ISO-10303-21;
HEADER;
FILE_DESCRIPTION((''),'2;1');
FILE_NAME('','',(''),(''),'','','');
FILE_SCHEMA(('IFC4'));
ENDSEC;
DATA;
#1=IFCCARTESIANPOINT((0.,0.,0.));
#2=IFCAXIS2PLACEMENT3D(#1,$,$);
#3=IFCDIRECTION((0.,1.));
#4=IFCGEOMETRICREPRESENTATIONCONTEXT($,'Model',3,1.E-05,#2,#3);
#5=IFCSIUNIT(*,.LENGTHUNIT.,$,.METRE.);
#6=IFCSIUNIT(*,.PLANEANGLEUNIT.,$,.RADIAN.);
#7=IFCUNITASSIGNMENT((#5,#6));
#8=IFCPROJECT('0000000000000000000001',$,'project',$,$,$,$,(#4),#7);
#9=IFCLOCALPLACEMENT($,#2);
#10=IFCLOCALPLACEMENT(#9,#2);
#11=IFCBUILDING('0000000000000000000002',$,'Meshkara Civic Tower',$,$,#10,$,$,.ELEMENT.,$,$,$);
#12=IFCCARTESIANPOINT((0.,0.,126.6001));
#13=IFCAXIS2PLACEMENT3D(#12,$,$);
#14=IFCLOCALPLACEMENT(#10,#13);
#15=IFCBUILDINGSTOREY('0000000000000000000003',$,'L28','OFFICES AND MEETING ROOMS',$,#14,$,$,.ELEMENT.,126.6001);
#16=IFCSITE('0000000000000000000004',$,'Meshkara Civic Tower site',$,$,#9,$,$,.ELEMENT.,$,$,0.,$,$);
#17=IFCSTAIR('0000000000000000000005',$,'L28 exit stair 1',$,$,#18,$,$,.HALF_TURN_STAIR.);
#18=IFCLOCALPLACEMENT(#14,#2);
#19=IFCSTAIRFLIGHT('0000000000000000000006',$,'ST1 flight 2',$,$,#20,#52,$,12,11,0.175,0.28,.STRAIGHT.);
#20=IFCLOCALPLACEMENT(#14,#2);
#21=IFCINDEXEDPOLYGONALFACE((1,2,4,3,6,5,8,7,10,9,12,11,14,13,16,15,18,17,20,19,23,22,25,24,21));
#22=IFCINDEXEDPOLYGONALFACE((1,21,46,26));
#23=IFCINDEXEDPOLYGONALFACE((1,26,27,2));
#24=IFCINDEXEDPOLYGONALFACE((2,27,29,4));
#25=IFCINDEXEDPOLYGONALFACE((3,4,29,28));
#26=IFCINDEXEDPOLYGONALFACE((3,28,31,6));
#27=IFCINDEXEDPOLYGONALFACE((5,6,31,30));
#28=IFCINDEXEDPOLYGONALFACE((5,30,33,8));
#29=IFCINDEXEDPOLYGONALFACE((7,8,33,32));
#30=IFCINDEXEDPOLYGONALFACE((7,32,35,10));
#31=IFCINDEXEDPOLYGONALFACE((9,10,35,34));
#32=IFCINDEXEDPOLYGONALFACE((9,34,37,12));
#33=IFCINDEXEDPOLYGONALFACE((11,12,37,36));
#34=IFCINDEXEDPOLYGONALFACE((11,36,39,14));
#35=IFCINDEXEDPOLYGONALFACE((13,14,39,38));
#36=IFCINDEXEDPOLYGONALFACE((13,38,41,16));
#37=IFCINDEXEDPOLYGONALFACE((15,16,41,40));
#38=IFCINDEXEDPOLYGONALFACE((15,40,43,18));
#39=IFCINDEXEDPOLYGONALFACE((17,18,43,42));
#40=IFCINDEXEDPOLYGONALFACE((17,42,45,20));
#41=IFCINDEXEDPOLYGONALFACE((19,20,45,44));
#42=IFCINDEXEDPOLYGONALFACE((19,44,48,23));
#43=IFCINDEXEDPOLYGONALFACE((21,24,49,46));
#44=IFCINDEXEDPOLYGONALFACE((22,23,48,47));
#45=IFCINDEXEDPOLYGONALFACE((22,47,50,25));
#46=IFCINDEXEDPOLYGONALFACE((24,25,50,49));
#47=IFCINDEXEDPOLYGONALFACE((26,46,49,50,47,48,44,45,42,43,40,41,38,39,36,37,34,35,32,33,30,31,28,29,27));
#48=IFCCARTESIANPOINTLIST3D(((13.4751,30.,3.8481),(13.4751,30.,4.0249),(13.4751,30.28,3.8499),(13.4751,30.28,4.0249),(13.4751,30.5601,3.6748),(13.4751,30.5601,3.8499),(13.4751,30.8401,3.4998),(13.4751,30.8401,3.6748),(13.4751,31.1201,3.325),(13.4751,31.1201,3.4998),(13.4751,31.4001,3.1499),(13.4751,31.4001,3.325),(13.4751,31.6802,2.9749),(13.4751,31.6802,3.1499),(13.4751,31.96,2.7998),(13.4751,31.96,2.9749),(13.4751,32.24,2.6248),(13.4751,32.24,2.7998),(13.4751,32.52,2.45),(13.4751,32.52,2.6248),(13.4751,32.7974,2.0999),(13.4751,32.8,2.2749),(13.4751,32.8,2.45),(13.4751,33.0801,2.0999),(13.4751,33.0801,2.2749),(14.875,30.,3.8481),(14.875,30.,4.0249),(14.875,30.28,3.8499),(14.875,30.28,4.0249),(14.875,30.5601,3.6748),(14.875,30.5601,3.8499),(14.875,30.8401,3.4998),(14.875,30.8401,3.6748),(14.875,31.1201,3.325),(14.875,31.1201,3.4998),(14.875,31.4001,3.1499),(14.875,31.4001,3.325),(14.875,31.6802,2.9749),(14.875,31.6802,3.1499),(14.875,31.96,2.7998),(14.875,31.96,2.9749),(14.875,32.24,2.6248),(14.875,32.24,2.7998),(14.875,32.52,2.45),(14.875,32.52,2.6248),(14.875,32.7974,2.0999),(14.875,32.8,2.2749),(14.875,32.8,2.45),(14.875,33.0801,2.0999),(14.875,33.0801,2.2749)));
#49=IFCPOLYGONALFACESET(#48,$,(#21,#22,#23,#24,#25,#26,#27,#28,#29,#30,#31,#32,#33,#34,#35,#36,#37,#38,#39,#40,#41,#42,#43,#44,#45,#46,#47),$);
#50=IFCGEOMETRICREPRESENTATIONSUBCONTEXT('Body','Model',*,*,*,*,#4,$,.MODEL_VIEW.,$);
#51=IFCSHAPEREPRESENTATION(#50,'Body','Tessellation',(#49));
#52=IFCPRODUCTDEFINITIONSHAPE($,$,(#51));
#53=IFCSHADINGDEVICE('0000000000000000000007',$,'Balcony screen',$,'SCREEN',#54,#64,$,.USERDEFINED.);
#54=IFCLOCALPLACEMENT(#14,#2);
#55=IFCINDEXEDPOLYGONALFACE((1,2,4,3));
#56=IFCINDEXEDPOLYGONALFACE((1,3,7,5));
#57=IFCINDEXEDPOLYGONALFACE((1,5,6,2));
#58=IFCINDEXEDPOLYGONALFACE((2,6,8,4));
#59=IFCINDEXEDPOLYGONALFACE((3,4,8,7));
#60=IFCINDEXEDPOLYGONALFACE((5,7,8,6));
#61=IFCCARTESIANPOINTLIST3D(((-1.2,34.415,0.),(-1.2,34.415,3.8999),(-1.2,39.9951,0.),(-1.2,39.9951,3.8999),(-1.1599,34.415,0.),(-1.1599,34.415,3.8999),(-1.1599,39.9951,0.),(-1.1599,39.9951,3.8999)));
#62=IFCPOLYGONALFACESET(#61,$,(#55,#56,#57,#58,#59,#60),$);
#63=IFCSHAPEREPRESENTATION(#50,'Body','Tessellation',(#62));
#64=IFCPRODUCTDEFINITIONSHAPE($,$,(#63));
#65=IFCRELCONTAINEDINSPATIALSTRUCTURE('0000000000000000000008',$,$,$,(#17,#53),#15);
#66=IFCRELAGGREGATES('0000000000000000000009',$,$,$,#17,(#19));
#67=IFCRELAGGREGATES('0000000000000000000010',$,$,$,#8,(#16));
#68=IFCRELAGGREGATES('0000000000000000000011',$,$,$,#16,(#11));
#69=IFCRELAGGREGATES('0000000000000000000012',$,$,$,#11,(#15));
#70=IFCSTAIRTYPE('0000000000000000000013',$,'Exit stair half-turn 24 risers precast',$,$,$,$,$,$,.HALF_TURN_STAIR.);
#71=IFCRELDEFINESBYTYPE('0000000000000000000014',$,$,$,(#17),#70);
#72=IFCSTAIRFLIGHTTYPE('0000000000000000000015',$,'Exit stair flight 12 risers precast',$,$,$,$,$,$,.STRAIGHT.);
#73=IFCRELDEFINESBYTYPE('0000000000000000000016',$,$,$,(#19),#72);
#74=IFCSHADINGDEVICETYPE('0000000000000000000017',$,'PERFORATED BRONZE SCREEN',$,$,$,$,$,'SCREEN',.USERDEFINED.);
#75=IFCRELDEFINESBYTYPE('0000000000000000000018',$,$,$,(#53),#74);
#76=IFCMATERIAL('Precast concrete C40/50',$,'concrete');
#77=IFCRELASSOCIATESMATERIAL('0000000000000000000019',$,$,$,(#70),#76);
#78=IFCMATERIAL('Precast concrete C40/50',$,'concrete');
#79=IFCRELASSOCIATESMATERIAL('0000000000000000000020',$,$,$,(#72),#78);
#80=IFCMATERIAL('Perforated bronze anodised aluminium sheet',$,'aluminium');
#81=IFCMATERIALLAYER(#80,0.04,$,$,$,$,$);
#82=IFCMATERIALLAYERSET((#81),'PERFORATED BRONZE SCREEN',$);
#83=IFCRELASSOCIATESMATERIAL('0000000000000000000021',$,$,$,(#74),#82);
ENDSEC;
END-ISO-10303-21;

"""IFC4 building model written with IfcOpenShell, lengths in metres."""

from ifc_helpers import new_model, si_unit, direction, frame, origin, origin_2d, place, context, subcontext, project, spatial, polyline, rectangle, outline, extrude, material, layer, layer_set, type_object, element, aggregate, save


model = new_model("IFC4")

# Units and contexts
model_context = context("Model", 3, precision=1e-05, world=origin(), true_north=direction((0.0, 1.0)))
body_context = subcontext(model_context, "Body", "Model", "MODEL_VIEW")
ifc_project = project(units=[si_unit("LENGTHUNIT", "METRE"), si_unit("PLANEANGLEUNIT", "RADIAN")], contexts=[model_context])

# Site, building, storey
site_placement = place(None, origin())
site = spatial("IfcSite", under=ifc_project, at=site_placement, Name="Meshkara Civic Tower site", CompositionType="ELEMENT", RefElevation=0.0)
building_placement = place(site_placement, origin())
building = spatial("IfcBuilding", under=site, at=building_placement, Name="Meshkara Civic Tower", CompositionType="ELEMENT")
storey_placement = place(building_placement, frame((0.0, 0.0, 126.6001)))
storey = spatial("IfcBuildingStorey", under=building, at=storey_placement, Name="L28", Description="OFFICES AND MEETING ROOMS", CompositionType="ELEMENT", Elevation=126.6001)

# Stair, stair flight
ifc_material_1 = material(Name="Precast concrete C40/50", Category="concrete")
stair_type = type_object("IfcStairType", Name="Exit stair half-turn 24 risers precast", PredefinedType="HALF_TURN_STAIR", material=ifc_material_1)
stair_placement = place(storey_placement, origin())
stair = element("IfcStair", 1, at=stair_placement, inside=storey, type_object=stair_type, Name="L28 exit stair 1", PredefinedType="HALF_TURN_STAIR")
ifc_material_2 = material(Name="Precast concrete C40/50", Category="concrete")
stair_flight_type = type_object("IfcStairFlightType", Name="Exit stair flight 12 risers precast", PredefinedType="STRAIGHT", material=ifc_material_2)
stair_flight_1_placement = place(storey_placement, frame((14.175, 33.0801, 2.0999), z_axis=(0.0, 0.0, 1.0), x_axis=(0.0, -1.0, 0.0)))
stair_flight_1 = element("IfcStairFlight", 2, at=stair_flight_1_placement, type_object=stair_flight_type, Name="ST1 flight 2", NumberOfRisers=12, NumberOfTreads=11, PredefinedType="STRAIGHT", RiserHeight=0.175, TreadLength=0.28, context=body_context, shape_type="SweptSolid", body=[
    extrude(outline(polyline([(0.0, 0.0), (0.0, 0.175), (0.28, 0.175), (0.28, 0.3501), (0.5601, 0.3501), (0.5601, 0.5249), (0.8401, 0.5249), (0.8401, 0.7), (1.1201, 0.7), (1.1201, 0.875), (1.3999, 0.875), (1.3999, 1.05), (1.6799, 1.05), (1.6799, 1.2251), (1.96, 1.2251), (1.96, 1.3999), (2.24, 1.3999), (2.24, 1.575), (2.52, 1.575), (2.52, 1.75), (2.8, 1.75), (2.8, 1.925), (3.0801, 1.925), (3.0801, 2.1001), (3.0801, 1.7483), (0.2827, 0.0), (0.0, 0.0)])), frame((0.0, 0.7, 0.0), z_axis=(0.0, -1.0, 0.0), x_axis=(1.0, 0.0, 0.0)), (0.0, 0.0, 1.0), 1.3999),
])
aggregate(stair, [stair_flight_1])

# Shading device
ifc_material_3 = material(Name="Perforated bronze anodised aluminium sheet", Category="aluminium")
ifc_layer_1 = layer(ifc_material_3, 0.04)
ifc_layer_set_1 = layer_set([ifc_layer_1], Name="PERFORATED BRONZE SCREEN")
shading_device_type = type_object("IfcShadingDeviceType", Name="PERFORATED BRONZE SCREEN", ElementType="SCREEN", PredefinedType="USERDEFINED", material=ifc_layer_set_1)
shading_device_placement = place(storey_placement, frame((-1.1799, 37.2051, 0.0), z_axis=(0.0, 0.0, 1.0), x_axis=(0.0, -1.0, 0.0)))
element("IfcShadingDevice", 3, at=shading_device_placement, inside=storey, type_object=shading_device_type, Name="Balcony screen", ObjectType="SCREEN", PredefinedType="USERDEFINED", context=body_context, shape_type="SweptSolid", body=[
    extrude(rectangle(XDim=5.5801, YDim=0.04, at=origin_2d()), origin(), (0.0, 0.0, 1.0), 3.8999),
])

save(model, "model.ifc")
